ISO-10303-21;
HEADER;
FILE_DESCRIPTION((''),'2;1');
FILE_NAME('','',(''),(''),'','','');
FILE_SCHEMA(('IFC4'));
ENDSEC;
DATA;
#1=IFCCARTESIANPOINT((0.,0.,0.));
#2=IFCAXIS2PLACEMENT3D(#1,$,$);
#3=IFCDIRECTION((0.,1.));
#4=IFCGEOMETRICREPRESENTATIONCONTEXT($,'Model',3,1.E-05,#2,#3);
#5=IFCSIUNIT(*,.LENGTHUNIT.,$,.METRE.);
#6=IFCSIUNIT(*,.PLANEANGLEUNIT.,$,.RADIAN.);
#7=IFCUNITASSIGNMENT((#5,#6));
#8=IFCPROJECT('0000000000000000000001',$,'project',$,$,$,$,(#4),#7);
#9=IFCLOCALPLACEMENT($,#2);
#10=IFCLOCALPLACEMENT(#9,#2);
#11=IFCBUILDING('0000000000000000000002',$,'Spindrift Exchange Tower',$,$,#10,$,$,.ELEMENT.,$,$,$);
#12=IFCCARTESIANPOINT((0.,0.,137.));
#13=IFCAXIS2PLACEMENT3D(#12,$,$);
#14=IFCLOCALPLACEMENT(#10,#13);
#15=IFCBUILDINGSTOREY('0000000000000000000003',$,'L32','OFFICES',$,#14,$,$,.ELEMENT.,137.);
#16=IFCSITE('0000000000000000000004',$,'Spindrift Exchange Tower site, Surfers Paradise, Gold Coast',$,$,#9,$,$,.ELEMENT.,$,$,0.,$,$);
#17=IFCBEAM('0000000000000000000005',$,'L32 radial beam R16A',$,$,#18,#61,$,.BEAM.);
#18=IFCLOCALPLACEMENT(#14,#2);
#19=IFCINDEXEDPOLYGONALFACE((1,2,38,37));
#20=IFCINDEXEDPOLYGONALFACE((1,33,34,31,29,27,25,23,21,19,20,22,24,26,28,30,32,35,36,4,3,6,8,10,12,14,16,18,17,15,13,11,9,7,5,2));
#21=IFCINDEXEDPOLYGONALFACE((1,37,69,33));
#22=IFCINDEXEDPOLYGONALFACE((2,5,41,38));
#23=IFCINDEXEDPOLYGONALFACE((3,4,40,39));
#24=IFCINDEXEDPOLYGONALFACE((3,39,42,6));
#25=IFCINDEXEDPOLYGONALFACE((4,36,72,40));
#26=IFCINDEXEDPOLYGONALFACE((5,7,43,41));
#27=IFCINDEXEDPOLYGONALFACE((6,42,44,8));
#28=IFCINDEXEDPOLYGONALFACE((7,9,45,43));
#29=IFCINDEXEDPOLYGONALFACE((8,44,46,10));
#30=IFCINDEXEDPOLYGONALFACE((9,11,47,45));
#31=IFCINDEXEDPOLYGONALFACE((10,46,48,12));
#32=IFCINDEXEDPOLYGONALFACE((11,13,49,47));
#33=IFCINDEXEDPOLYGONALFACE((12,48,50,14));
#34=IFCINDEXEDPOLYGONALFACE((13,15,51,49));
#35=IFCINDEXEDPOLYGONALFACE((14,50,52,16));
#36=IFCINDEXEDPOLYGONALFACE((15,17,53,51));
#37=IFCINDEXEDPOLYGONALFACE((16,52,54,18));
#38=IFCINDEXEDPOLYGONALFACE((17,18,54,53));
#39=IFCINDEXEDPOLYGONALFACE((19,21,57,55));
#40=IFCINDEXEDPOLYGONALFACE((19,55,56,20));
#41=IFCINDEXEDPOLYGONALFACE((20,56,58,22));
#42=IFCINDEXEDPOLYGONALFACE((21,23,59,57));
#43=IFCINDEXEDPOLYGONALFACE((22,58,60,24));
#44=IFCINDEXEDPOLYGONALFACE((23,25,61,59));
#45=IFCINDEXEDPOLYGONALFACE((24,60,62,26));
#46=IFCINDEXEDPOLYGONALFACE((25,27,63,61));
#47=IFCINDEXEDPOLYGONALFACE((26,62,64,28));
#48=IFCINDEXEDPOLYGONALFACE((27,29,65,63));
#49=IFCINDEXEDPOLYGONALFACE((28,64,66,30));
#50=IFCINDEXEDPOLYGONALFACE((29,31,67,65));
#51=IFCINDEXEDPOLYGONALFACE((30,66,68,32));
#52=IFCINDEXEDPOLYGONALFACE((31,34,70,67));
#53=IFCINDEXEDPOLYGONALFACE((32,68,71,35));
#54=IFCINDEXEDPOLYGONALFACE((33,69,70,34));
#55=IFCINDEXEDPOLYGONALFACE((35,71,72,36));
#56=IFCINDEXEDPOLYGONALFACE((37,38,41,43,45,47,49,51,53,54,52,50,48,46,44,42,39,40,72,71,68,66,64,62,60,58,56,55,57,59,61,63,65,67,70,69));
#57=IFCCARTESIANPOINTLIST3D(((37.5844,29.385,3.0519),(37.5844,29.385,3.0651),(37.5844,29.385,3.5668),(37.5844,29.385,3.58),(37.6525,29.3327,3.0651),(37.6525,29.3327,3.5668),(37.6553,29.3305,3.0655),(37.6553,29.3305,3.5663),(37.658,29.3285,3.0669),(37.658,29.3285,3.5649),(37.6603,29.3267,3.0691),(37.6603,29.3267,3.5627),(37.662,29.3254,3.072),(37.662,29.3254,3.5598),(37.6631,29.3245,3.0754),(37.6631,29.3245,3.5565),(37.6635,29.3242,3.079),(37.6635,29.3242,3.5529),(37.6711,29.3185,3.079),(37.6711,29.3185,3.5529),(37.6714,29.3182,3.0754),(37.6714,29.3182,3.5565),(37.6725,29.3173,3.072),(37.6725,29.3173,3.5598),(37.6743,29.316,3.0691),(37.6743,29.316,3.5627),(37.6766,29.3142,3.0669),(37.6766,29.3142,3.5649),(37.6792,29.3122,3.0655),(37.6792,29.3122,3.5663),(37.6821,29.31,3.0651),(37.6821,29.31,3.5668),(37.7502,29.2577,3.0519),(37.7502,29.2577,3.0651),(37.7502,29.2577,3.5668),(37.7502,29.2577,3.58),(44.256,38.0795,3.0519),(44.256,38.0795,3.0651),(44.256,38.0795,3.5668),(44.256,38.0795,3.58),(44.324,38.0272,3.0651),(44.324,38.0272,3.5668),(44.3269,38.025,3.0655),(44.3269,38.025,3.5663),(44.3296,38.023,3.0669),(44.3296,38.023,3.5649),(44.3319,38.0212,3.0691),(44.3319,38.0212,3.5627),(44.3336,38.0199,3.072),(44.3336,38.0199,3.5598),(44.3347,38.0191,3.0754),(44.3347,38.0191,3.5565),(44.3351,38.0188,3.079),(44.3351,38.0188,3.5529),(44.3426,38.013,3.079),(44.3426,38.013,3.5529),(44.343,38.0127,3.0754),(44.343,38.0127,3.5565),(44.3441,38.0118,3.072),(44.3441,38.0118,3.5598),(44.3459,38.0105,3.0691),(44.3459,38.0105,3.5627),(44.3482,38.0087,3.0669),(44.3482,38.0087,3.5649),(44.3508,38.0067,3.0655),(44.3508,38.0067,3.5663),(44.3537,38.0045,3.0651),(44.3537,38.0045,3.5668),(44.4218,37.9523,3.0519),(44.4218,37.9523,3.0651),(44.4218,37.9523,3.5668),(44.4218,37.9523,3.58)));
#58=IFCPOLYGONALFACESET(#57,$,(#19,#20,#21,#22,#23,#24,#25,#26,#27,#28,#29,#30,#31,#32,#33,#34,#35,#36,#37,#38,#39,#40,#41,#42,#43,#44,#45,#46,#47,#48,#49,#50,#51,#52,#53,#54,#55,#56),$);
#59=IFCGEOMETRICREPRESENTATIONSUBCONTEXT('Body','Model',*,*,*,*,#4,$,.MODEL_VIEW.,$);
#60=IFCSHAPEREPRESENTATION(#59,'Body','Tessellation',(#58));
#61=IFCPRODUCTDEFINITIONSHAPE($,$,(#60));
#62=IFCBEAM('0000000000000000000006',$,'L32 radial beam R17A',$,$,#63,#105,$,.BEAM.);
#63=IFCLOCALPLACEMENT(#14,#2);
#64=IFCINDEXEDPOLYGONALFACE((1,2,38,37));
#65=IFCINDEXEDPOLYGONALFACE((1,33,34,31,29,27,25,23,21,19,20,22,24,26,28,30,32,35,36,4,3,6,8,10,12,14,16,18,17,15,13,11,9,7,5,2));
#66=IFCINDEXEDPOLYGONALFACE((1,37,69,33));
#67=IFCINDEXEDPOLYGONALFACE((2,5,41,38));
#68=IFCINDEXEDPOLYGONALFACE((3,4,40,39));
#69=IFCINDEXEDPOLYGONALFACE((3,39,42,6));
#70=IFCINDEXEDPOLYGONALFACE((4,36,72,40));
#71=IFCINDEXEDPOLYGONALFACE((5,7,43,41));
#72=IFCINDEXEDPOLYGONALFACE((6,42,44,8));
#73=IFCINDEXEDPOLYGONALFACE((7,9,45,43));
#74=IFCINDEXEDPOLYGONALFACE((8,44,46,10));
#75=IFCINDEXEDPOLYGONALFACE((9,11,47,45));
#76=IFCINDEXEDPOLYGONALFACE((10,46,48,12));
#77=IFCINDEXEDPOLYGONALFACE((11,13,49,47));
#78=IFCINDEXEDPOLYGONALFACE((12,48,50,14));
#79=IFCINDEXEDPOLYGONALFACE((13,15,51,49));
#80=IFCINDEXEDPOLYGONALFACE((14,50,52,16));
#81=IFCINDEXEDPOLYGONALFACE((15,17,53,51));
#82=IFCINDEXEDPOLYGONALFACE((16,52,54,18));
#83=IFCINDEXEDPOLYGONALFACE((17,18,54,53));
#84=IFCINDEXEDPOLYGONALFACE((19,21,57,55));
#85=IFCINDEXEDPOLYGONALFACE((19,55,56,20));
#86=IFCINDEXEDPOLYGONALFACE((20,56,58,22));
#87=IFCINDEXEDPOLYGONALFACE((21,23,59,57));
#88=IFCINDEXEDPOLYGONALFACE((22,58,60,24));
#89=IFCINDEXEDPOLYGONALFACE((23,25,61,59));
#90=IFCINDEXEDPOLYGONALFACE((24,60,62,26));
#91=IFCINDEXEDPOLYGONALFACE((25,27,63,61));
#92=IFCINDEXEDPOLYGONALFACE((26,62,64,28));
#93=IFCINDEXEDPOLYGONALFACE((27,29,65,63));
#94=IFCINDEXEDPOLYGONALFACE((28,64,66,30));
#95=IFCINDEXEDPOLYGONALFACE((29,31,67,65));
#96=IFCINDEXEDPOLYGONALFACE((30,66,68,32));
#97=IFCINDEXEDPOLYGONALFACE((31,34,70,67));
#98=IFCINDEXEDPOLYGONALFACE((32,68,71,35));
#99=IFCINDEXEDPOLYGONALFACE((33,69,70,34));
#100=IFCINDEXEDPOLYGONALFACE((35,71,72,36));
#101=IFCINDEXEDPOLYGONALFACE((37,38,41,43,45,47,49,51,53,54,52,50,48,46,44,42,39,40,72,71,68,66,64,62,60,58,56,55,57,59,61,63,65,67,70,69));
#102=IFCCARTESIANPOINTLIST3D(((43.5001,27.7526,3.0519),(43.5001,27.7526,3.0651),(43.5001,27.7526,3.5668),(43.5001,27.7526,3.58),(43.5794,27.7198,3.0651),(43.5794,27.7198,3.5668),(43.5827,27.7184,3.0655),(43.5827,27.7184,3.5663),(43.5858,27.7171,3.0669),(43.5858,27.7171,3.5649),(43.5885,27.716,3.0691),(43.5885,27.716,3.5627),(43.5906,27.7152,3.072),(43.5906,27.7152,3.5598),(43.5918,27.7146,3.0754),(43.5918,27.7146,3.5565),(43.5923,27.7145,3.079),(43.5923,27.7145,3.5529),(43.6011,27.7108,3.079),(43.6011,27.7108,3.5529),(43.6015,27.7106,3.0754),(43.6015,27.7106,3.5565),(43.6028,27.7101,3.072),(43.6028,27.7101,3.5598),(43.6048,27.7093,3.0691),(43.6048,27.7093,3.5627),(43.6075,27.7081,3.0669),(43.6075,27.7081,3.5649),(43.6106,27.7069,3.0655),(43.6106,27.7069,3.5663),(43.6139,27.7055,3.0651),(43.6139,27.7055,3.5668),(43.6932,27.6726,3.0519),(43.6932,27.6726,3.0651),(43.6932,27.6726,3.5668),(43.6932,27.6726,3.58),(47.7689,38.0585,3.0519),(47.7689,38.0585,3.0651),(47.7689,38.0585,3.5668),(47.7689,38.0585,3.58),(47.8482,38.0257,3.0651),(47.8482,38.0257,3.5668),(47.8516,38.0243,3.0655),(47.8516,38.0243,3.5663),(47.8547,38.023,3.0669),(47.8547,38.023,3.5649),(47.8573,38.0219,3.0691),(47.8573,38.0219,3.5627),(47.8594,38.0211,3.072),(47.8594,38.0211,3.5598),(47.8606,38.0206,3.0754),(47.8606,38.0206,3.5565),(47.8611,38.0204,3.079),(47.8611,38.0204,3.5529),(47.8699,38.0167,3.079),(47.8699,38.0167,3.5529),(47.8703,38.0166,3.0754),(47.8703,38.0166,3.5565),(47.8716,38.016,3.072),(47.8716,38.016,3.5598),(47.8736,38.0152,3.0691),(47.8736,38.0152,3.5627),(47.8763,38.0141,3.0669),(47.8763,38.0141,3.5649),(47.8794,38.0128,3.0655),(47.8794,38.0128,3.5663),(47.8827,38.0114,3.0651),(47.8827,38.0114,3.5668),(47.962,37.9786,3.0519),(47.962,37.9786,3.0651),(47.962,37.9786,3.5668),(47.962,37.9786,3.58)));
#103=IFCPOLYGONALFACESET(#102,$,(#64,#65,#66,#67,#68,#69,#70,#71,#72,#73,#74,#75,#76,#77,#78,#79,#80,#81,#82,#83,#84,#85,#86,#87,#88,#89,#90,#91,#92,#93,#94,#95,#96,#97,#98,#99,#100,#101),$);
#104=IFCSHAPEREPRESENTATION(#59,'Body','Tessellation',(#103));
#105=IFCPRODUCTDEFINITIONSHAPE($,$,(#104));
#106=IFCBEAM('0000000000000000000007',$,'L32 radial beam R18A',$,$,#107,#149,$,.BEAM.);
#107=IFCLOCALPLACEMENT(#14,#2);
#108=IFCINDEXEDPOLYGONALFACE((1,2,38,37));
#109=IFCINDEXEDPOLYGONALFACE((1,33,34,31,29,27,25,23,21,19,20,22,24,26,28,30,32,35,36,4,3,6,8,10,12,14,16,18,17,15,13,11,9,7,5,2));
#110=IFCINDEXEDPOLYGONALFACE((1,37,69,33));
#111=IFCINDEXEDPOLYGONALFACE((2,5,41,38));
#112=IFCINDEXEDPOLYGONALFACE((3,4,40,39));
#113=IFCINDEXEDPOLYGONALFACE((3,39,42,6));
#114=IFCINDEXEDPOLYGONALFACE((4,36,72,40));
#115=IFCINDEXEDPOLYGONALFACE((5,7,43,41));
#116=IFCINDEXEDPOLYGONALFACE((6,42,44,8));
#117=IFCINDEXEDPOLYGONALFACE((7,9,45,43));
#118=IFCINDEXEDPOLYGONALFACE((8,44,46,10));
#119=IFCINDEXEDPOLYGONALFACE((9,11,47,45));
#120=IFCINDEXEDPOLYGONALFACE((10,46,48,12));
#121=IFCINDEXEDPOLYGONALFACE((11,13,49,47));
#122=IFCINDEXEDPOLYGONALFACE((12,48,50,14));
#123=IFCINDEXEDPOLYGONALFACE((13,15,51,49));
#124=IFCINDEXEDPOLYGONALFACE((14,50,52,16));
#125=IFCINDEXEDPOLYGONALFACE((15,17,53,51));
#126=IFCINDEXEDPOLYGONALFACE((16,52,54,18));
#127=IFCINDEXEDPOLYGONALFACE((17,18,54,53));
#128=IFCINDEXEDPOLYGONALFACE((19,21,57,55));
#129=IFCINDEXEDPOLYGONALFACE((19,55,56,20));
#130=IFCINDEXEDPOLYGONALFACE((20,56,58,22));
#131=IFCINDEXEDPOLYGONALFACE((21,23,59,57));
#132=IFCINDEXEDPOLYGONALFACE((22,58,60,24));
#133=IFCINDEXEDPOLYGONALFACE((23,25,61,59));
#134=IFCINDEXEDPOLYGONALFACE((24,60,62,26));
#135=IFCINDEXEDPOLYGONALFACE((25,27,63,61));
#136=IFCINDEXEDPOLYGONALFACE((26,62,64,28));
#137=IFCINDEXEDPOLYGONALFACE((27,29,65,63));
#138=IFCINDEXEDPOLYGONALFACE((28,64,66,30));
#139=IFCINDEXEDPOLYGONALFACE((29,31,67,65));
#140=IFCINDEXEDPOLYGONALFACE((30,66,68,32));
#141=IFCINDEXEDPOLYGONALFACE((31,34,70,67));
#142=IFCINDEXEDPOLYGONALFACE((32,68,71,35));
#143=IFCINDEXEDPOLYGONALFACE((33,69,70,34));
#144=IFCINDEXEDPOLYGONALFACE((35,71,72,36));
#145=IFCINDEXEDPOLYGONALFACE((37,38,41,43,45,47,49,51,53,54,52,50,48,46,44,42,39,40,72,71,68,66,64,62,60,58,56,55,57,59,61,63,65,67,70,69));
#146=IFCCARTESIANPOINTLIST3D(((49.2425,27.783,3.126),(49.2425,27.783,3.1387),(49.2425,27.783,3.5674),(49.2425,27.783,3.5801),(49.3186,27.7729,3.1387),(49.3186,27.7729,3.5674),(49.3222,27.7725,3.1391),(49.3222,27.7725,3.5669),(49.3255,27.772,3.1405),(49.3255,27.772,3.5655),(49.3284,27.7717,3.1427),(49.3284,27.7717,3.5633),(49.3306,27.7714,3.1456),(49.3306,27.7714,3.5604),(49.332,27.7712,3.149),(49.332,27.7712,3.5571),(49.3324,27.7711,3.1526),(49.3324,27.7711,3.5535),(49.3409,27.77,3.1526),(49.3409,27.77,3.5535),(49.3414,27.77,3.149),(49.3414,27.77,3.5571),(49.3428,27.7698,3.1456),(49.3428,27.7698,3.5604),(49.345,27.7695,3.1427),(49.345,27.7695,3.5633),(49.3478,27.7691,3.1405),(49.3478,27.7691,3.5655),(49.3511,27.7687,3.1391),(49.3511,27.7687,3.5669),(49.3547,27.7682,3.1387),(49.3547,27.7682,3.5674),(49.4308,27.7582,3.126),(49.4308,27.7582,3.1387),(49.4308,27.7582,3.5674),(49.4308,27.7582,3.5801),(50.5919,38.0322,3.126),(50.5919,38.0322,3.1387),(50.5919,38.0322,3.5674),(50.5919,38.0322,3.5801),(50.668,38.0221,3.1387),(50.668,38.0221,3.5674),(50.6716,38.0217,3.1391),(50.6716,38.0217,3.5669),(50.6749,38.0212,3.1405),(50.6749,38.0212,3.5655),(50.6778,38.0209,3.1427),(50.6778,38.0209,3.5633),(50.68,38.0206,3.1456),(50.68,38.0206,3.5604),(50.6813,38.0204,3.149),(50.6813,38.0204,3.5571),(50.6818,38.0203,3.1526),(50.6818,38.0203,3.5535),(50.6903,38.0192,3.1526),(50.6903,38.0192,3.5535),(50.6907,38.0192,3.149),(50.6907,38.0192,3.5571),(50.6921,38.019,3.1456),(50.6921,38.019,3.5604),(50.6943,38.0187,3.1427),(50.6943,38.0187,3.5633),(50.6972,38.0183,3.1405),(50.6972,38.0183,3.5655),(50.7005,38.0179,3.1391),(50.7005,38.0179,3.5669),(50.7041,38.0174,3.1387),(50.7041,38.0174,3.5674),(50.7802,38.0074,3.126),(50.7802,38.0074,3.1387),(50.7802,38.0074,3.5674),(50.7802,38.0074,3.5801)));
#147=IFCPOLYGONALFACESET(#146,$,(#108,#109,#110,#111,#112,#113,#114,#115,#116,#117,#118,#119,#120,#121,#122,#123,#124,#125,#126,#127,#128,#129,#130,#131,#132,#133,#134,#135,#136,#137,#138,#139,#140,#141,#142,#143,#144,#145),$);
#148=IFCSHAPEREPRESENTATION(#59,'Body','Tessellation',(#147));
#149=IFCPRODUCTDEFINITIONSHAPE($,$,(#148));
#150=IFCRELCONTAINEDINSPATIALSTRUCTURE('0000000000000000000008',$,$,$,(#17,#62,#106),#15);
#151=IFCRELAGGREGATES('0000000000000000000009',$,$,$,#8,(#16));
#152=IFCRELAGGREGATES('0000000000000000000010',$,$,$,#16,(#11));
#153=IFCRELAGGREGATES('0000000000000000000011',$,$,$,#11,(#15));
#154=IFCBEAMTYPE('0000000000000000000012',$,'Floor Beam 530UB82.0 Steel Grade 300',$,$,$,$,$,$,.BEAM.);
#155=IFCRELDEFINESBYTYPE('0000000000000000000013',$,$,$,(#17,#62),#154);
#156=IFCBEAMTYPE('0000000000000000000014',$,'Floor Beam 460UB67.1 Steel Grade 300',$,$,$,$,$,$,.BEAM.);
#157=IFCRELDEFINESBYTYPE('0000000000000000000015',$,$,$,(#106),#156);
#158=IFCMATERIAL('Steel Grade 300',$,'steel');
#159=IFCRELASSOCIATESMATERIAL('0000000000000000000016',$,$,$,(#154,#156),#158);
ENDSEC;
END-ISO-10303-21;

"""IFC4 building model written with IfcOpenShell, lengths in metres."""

from ifc_helpers import new_model, si_unit, direction, frame, origin, origin_2d, place, context, subcontext, project, spatial, i_section, extrude, source, transform, mapped, material, material_profile, profile_set, type_object, element, save


model = new_model("IFC4")

# Units and contexts
model_context = context("Model", 3, precision=1e-05, world=origin(), true_north=direction((0.0, 1.0)))
body_context = subcontext(model_context, "Body", "Model", "MODEL_VIEW")
ifc_project = project(units=[si_unit("LENGTHUNIT", "METRE"), si_unit("PLANEANGLEUNIT", "RADIAN")], contexts=[model_context])

# Site, building, storey
site_placement = place(None, origin())
site = spatial("IfcSite", under=ifc_project, at=site_placement, Name="Spindrift Exchange Tower site, Surfers Paradise, Gold Coast", CompositionType="ELEMENT", RefElevation=0.0)
building_placement = place(site_placement, origin())
building = spatial("IfcBuilding", under=site, at=building_placement, Name="Spindrift Exchange Tower", CompositionType="ELEMENT")
storey_placement = place(building_placement, frame((0.0, 0.0, 137.0)))
storey = spatial("IfcBuildingStorey", under=building, at=storey_placement, Name="L32", Description="OFFICES", CompositionType="ELEMENT", Elevation=137.0)

# Beams
ifc_material_1 = material(Name="Steel Grade 300", Category="steel")
ifc_material_profile_1 = material_profile(ifc_material_1, i_section(OverallWidth=0.209, OverallDepth=0.5281, WebThickness=0.0095, FlangeThickness=0.0132, FilletRadius=0.0139, at=origin_2d()), Name="530UB82.0")
ifc_profile_set_1 = profile_set([ifc_material_profile_1], Name="Steel Grade 300")
beam_type_1 = type_object("IfcBeamType", Name="Floor Beam 530UB82.0 Steel Grade 300", PredefinedType="BEAM", material=ifc_profile_set_1)
shared_shape_1 = source(origin(), body_context, "Body", "SweptSolid", [
    extrude(i_section(OverallWidth=0.209, OverallDepth=0.5281, WebThickness=0.0095, FlangeThickness=0.0132, FilletRadius=0.0139, at=origin_2d()), origin(), (0.0, 0.0, 1.0), 10.9592),
])
beam_1_placement = place(storey_placement, frame((44.3389, 38.0159, 3.3159), z_axis=(-0.608764, -0.793351, 0.0), x_axis=(0.793351, -0.608764, 0.0)))
element("IfcBeam", 1, at=beam_1_placement, inside=storey, type_object=beam_type_1, Name="L32 radial beam R16A", PredefinedType="BEAM", context=body_context, shape_type="MappedRepresentation", body=[
    mapped(shared_shape_1, transform((0.0, 0.0, 0.0), scale=1.0)),
])
shared_shape_2 = source(origin(), body_context, "Body", "SweptSolid", [
    extrude(i_section(OverallWidth=0.209, OverallDepth=0.5281, WebThickness=0.0095, FlangeThickness=0.0132, FilletRadius=0.0139, at=origin_2d()), origin(), (0.0, 0.0, 1.0), 11.155),
])
beam_2_placement = place(storey_placement, frame((47.8655, 38.0186, 3.3159), z_axis=(-0.38268, -0.923881, 0.0), x_axis=(0.923881, -0.38268, 0.0)))
element("IfcBeam", 2, at=beam_2_placement, inside=storey, type_object=beam_type_1, Name="L32 radial beam R17A", PredefinedType="BEAM", context=body_context, shape_type="MappedRepresentation", body=[
    mapped(shared_shape_2, transform((0.0, 0.0, 0.0), scale=1.0)),
])
ifc_material_profile_2 = material_profile(ifc_material_1, i_section(OverallWidth=0.1899, OverallDepth=0.4541, WebThickness=0.0085, FlangeThickness=0.0127, FilletRadius=0.0139, at=origin_2d()), Name="460UB67.1")
ifc_profile_set_2 = profile_set([ifc_material_profile_2], Name="Steel Grade 300")
beam_type_2 = type_object("IfcBeamType", Name="Floor Beam 460UB67.1 Steel Grade 300", PredefinedType="BEAM", material=ifc_profile_set_2)
shared_shape_3 = source(origin(), body_context, "Body", "SweptSolid", [
    extrude(i_section(OverallWidth=0.1899, OverallDepth=0.4541, WebThickness=0.0085, FlangeThickness=0.0127, FilletRadius=0.0139, at=origin_2d()), origin(), (0.0, 0.0, 1.0), 10.3376),
])
beam_3_placement = place(storey_placement, frame((50.686, 38.0198, 3.353), z_axis=(-0.130528, -0.991445, 0.0), x_axis=(0.991445, -0.130528, 0.0)))
element("IfcBeam", 3, at=beam_3_placement, inside=storey, type_object=beam_type_2, Name="L32 radial beam R18A", PredefinedType="BEAM", context=body_context, shape_type="MappedRepresentation", body=[
    mapped(shared_shape_3, transform((0.0, 0.0, 0.0), scale=1.0)),
])

save(model, "model.ifc")
